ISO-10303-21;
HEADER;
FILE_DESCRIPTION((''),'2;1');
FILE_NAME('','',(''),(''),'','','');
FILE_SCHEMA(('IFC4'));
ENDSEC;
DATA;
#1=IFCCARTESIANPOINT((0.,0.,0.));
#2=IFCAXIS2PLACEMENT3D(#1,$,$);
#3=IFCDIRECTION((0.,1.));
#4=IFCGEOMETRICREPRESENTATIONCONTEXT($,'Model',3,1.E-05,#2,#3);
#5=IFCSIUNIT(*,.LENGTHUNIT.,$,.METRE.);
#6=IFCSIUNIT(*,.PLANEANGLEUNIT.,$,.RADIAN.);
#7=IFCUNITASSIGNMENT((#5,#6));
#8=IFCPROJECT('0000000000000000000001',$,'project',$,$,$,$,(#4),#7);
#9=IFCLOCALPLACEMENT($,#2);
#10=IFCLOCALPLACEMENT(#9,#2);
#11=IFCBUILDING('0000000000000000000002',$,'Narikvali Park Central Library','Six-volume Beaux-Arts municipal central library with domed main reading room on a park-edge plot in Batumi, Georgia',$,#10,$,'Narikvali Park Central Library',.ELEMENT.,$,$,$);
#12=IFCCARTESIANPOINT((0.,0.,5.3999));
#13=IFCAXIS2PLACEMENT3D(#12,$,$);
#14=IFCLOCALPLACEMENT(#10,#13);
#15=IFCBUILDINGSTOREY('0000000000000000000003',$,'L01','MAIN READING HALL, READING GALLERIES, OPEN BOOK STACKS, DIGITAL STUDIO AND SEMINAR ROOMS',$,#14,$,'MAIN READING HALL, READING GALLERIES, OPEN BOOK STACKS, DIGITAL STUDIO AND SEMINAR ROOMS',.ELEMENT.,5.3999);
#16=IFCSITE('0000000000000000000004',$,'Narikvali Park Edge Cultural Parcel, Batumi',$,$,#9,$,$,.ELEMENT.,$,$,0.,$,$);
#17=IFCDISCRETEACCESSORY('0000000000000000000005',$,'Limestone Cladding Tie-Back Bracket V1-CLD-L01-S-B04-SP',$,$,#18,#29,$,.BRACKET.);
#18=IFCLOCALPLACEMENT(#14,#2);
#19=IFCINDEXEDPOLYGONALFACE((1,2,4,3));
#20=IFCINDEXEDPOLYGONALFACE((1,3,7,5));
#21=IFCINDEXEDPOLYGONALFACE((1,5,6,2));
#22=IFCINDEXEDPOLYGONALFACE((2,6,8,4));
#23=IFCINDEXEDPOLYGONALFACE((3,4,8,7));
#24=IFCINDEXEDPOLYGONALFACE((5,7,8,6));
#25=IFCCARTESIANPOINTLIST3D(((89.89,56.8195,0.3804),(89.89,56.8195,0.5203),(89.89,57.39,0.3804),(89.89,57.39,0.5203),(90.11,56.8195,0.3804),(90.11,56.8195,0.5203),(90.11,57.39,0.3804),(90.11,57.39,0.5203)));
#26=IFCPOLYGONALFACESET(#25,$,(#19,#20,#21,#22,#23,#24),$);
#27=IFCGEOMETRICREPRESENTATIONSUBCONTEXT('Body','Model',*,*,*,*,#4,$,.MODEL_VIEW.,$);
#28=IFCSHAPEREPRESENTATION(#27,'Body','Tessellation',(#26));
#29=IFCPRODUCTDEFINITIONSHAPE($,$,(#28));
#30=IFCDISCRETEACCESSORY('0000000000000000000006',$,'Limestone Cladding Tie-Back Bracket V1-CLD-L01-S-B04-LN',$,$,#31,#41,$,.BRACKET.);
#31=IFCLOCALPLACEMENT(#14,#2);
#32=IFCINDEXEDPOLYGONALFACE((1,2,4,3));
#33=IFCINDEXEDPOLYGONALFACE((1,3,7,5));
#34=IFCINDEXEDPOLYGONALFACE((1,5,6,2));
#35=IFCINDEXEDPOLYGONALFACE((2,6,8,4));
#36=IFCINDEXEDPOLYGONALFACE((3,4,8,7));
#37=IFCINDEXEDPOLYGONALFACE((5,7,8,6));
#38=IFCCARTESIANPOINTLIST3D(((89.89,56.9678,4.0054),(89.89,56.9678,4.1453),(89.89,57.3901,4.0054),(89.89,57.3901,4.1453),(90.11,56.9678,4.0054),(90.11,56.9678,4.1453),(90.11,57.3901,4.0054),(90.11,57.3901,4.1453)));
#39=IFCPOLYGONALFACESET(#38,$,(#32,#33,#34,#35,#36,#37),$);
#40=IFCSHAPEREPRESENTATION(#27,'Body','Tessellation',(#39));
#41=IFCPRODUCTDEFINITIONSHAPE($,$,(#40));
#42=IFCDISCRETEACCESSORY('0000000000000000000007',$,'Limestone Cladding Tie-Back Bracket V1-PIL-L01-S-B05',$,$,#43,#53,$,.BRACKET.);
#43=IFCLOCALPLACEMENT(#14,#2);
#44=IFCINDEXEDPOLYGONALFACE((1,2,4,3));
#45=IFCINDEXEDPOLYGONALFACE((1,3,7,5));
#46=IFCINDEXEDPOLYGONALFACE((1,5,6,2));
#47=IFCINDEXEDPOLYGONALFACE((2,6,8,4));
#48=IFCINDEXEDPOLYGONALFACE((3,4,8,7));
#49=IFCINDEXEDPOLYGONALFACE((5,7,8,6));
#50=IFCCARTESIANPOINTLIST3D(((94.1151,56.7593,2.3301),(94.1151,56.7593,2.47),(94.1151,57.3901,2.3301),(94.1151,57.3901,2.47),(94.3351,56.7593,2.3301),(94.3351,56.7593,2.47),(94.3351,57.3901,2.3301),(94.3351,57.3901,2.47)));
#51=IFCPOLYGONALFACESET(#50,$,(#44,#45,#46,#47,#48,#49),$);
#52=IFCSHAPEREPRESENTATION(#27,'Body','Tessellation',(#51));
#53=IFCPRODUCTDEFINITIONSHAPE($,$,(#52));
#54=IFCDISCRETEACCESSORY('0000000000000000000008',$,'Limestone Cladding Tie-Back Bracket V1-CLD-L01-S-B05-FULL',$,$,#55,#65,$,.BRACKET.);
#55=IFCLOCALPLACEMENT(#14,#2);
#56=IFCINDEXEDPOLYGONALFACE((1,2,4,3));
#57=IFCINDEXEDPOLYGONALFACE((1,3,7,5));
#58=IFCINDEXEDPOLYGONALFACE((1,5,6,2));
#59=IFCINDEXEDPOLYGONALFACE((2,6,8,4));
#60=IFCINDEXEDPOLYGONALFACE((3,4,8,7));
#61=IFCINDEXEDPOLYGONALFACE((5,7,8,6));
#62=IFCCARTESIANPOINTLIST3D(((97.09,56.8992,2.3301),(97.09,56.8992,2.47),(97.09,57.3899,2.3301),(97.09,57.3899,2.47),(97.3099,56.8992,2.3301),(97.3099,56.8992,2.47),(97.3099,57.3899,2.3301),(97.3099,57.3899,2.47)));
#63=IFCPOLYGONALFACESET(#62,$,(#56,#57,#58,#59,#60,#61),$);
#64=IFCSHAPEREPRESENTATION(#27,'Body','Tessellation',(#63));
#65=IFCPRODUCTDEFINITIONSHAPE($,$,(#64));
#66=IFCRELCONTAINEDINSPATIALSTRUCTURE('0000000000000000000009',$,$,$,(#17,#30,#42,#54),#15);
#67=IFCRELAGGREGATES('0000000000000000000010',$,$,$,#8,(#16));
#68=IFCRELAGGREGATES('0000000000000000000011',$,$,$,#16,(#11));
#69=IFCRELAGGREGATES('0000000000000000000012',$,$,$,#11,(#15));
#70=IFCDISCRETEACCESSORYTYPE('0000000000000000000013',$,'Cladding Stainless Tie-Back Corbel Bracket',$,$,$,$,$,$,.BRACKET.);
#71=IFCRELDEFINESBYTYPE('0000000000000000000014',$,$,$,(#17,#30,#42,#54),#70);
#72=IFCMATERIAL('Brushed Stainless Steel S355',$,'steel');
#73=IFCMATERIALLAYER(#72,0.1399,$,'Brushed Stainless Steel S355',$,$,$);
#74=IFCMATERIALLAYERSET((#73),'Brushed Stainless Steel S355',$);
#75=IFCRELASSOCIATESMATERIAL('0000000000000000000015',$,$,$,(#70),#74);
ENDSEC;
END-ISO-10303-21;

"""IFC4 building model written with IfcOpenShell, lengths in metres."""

from ifc_helpers import new_model, si_unit, direction, frame, origin, origin_2d, place, context, subcontext, project, spatial, rectangle, extrude, material, layer, layer_set, type_object, element, save


model = new_model("IFC4")

# Units and contexts
model_context = context("Model", 3, precision=1e-05, world=origin(), true_north=direction((0.0, 1.0)))
body_context = subcontext(model_context, "Body", "Model", "MODEL_VIEW")
ifc_project = project(units=[si_unit("LENGTHUNIT", "METRE"), si_unit("PLANEANGLEUNIT", "RADIAN")], contexts=[model_context])

# Site, building, storey
site_placement = place(None, origin())
site = spatial("IfcSite", under=ifc_project, at=site_placement, Name="Narikvali Park Edge Cultural Parcel, Batumi", CompositionType="ELEMENT", RefElevation=0.0)
building_placement = place(site_placement, origin())
building = spatial("IfcBuilding", under=site, at=building_placement, Name="Narikvali Park Central Library", Description="Six-volume Beaux-Arts municipal central library with domed main reading room on a park-edge plot in Batumi, Georgia", LongName="Narikvali Park Central Library", CompositionType="ELEMENT")
storey_placement = place(building_placement, frame((0.0, 0.0, 5.3999)))
storey = spatial("IfcBuildingStorey", under=building, at=storey_placement, Name="L01", Description="MAIN READING HALL, READING GALLERIES, OPEN BOOK STACKS, DIGITAL STUDIO AND SEMINAR ROOMS", LongName="MAIN READING HALL, READING GALLERIES, OPEN BOOK STACKS, DIGITAL STUDIO AND SEMINAR ROOMS", CompositionType="ELEMENT", Elevation=5.3999)

# Discrete accessories
ifc_material_1 = material(Name="Brushed Stainless Steel S355", Category="steel")
ifc_layer_1 = layer(ifc_material_1, 0.1399, Name="Brushed Stainless Steel S355")
ifc_layer_set_1 = layer_set([ifc_layer_1], Name="Brushed Stainless Steel S355")
discrete_accessory_type = type_object("IfcDiscreteAccessoryType", Name="Cladding Stainless Tie-Back Corbel Bracket", PredefinedType="BRACKET", material=ifc_layer_set_1)
discrete_accessory_1_placement = place(storey_placement, frame((90.0, 57.1047, 0.3804), z_axis=(0.0, 0.0, 1.0), x_axis=(1.0, 0.0, 0.0)))
element("IfcDiscreteAccessory", 1, at=discrete_accessory_1_placement, inside=storey, type_object=discrete_accessory_type, Name="Limestone Cladding Tie-Back Bracket V1-CLD-L01-S-B04-SP", PredefinedType="BRACKET", context=body_context, shape_type="SweptSolid", body=[
    extrude(rectangle(XDim=0.22, YDim=0.5706, at=origin_2d()), origin(), (0.0, 0.0, 1.0), 0.1399),
])
discrete_accessory_2_placement = place(storey_placement, frame((90.0, 57.179, 4.0054), z_axis=(0.0, 0.0, 1.0), x_axis=(1.0, 0.0, 0.0)))
element("IfcDiscreteAccessory", 2, at=discrete_accessory_2_placement, inside=storey, type_object=discrete_accessory_type, Name="Limestone Cladding Tie-Back Bracket V1-CLD-L01-S-B04-LN", PredefinedType="BRACKET", context=body_context, shape_type="SweptSolid", body=[
    extrude(rectangle(XDim=0.22, YDim=0.4224, at=origin_2d()), origin(), (0.0, 0.0, 1.0), 0.1399),
])
discrete_accessory_3_placement = place(storey_placement, frame((94.2251, 57.0747, 2.3301), z_axis=(0.0, 0.0, 1.0), x_axis=(1.0, 0.0, 0.0)))
element("IfcDiscreteAccessory", 3, at=discrete_accessory_3_placement, inside=storey, type_object=discrete_accessory_type, Name="Limestone Cladding Tie-Back Bracket V1-PIL-L01-S-B05", PredefinedType="BRACKET", context=body_context, shape_type="SweptSolid", body=[
    extrude(rectangle(XDim=0.22, YDim=0.6309, at=origin_2d()), origin(), (0.0, 0.0, 1.0), 0.1399),
])
discrete_accessory_4_placement = place(storey_placement, frame((97.2, 57.1445, 2.3301), z_axis=(0.0, 0.0, 1.0), x_axis=(1.0, 0.0, 0.0)))
element("IfcDiscreteAccessory", 4, at=discrete_accessory_4_placement, inside=storey, type_object=discrete_accessory_type, Name="Limestone Cladding Tie-Back Bracket V1-CLD-L01-S-B05-FULL", PredefinedType="BRACKET", context=body_context, shape_type="SweptSolid", body=[
    extrude(rectangle(XDim=0.22, YDim=0.4907, at=origin_2d()), origin(), (0.0, 0.0, 1.0), 0.1399),
])

save(model, "model.ifc")
